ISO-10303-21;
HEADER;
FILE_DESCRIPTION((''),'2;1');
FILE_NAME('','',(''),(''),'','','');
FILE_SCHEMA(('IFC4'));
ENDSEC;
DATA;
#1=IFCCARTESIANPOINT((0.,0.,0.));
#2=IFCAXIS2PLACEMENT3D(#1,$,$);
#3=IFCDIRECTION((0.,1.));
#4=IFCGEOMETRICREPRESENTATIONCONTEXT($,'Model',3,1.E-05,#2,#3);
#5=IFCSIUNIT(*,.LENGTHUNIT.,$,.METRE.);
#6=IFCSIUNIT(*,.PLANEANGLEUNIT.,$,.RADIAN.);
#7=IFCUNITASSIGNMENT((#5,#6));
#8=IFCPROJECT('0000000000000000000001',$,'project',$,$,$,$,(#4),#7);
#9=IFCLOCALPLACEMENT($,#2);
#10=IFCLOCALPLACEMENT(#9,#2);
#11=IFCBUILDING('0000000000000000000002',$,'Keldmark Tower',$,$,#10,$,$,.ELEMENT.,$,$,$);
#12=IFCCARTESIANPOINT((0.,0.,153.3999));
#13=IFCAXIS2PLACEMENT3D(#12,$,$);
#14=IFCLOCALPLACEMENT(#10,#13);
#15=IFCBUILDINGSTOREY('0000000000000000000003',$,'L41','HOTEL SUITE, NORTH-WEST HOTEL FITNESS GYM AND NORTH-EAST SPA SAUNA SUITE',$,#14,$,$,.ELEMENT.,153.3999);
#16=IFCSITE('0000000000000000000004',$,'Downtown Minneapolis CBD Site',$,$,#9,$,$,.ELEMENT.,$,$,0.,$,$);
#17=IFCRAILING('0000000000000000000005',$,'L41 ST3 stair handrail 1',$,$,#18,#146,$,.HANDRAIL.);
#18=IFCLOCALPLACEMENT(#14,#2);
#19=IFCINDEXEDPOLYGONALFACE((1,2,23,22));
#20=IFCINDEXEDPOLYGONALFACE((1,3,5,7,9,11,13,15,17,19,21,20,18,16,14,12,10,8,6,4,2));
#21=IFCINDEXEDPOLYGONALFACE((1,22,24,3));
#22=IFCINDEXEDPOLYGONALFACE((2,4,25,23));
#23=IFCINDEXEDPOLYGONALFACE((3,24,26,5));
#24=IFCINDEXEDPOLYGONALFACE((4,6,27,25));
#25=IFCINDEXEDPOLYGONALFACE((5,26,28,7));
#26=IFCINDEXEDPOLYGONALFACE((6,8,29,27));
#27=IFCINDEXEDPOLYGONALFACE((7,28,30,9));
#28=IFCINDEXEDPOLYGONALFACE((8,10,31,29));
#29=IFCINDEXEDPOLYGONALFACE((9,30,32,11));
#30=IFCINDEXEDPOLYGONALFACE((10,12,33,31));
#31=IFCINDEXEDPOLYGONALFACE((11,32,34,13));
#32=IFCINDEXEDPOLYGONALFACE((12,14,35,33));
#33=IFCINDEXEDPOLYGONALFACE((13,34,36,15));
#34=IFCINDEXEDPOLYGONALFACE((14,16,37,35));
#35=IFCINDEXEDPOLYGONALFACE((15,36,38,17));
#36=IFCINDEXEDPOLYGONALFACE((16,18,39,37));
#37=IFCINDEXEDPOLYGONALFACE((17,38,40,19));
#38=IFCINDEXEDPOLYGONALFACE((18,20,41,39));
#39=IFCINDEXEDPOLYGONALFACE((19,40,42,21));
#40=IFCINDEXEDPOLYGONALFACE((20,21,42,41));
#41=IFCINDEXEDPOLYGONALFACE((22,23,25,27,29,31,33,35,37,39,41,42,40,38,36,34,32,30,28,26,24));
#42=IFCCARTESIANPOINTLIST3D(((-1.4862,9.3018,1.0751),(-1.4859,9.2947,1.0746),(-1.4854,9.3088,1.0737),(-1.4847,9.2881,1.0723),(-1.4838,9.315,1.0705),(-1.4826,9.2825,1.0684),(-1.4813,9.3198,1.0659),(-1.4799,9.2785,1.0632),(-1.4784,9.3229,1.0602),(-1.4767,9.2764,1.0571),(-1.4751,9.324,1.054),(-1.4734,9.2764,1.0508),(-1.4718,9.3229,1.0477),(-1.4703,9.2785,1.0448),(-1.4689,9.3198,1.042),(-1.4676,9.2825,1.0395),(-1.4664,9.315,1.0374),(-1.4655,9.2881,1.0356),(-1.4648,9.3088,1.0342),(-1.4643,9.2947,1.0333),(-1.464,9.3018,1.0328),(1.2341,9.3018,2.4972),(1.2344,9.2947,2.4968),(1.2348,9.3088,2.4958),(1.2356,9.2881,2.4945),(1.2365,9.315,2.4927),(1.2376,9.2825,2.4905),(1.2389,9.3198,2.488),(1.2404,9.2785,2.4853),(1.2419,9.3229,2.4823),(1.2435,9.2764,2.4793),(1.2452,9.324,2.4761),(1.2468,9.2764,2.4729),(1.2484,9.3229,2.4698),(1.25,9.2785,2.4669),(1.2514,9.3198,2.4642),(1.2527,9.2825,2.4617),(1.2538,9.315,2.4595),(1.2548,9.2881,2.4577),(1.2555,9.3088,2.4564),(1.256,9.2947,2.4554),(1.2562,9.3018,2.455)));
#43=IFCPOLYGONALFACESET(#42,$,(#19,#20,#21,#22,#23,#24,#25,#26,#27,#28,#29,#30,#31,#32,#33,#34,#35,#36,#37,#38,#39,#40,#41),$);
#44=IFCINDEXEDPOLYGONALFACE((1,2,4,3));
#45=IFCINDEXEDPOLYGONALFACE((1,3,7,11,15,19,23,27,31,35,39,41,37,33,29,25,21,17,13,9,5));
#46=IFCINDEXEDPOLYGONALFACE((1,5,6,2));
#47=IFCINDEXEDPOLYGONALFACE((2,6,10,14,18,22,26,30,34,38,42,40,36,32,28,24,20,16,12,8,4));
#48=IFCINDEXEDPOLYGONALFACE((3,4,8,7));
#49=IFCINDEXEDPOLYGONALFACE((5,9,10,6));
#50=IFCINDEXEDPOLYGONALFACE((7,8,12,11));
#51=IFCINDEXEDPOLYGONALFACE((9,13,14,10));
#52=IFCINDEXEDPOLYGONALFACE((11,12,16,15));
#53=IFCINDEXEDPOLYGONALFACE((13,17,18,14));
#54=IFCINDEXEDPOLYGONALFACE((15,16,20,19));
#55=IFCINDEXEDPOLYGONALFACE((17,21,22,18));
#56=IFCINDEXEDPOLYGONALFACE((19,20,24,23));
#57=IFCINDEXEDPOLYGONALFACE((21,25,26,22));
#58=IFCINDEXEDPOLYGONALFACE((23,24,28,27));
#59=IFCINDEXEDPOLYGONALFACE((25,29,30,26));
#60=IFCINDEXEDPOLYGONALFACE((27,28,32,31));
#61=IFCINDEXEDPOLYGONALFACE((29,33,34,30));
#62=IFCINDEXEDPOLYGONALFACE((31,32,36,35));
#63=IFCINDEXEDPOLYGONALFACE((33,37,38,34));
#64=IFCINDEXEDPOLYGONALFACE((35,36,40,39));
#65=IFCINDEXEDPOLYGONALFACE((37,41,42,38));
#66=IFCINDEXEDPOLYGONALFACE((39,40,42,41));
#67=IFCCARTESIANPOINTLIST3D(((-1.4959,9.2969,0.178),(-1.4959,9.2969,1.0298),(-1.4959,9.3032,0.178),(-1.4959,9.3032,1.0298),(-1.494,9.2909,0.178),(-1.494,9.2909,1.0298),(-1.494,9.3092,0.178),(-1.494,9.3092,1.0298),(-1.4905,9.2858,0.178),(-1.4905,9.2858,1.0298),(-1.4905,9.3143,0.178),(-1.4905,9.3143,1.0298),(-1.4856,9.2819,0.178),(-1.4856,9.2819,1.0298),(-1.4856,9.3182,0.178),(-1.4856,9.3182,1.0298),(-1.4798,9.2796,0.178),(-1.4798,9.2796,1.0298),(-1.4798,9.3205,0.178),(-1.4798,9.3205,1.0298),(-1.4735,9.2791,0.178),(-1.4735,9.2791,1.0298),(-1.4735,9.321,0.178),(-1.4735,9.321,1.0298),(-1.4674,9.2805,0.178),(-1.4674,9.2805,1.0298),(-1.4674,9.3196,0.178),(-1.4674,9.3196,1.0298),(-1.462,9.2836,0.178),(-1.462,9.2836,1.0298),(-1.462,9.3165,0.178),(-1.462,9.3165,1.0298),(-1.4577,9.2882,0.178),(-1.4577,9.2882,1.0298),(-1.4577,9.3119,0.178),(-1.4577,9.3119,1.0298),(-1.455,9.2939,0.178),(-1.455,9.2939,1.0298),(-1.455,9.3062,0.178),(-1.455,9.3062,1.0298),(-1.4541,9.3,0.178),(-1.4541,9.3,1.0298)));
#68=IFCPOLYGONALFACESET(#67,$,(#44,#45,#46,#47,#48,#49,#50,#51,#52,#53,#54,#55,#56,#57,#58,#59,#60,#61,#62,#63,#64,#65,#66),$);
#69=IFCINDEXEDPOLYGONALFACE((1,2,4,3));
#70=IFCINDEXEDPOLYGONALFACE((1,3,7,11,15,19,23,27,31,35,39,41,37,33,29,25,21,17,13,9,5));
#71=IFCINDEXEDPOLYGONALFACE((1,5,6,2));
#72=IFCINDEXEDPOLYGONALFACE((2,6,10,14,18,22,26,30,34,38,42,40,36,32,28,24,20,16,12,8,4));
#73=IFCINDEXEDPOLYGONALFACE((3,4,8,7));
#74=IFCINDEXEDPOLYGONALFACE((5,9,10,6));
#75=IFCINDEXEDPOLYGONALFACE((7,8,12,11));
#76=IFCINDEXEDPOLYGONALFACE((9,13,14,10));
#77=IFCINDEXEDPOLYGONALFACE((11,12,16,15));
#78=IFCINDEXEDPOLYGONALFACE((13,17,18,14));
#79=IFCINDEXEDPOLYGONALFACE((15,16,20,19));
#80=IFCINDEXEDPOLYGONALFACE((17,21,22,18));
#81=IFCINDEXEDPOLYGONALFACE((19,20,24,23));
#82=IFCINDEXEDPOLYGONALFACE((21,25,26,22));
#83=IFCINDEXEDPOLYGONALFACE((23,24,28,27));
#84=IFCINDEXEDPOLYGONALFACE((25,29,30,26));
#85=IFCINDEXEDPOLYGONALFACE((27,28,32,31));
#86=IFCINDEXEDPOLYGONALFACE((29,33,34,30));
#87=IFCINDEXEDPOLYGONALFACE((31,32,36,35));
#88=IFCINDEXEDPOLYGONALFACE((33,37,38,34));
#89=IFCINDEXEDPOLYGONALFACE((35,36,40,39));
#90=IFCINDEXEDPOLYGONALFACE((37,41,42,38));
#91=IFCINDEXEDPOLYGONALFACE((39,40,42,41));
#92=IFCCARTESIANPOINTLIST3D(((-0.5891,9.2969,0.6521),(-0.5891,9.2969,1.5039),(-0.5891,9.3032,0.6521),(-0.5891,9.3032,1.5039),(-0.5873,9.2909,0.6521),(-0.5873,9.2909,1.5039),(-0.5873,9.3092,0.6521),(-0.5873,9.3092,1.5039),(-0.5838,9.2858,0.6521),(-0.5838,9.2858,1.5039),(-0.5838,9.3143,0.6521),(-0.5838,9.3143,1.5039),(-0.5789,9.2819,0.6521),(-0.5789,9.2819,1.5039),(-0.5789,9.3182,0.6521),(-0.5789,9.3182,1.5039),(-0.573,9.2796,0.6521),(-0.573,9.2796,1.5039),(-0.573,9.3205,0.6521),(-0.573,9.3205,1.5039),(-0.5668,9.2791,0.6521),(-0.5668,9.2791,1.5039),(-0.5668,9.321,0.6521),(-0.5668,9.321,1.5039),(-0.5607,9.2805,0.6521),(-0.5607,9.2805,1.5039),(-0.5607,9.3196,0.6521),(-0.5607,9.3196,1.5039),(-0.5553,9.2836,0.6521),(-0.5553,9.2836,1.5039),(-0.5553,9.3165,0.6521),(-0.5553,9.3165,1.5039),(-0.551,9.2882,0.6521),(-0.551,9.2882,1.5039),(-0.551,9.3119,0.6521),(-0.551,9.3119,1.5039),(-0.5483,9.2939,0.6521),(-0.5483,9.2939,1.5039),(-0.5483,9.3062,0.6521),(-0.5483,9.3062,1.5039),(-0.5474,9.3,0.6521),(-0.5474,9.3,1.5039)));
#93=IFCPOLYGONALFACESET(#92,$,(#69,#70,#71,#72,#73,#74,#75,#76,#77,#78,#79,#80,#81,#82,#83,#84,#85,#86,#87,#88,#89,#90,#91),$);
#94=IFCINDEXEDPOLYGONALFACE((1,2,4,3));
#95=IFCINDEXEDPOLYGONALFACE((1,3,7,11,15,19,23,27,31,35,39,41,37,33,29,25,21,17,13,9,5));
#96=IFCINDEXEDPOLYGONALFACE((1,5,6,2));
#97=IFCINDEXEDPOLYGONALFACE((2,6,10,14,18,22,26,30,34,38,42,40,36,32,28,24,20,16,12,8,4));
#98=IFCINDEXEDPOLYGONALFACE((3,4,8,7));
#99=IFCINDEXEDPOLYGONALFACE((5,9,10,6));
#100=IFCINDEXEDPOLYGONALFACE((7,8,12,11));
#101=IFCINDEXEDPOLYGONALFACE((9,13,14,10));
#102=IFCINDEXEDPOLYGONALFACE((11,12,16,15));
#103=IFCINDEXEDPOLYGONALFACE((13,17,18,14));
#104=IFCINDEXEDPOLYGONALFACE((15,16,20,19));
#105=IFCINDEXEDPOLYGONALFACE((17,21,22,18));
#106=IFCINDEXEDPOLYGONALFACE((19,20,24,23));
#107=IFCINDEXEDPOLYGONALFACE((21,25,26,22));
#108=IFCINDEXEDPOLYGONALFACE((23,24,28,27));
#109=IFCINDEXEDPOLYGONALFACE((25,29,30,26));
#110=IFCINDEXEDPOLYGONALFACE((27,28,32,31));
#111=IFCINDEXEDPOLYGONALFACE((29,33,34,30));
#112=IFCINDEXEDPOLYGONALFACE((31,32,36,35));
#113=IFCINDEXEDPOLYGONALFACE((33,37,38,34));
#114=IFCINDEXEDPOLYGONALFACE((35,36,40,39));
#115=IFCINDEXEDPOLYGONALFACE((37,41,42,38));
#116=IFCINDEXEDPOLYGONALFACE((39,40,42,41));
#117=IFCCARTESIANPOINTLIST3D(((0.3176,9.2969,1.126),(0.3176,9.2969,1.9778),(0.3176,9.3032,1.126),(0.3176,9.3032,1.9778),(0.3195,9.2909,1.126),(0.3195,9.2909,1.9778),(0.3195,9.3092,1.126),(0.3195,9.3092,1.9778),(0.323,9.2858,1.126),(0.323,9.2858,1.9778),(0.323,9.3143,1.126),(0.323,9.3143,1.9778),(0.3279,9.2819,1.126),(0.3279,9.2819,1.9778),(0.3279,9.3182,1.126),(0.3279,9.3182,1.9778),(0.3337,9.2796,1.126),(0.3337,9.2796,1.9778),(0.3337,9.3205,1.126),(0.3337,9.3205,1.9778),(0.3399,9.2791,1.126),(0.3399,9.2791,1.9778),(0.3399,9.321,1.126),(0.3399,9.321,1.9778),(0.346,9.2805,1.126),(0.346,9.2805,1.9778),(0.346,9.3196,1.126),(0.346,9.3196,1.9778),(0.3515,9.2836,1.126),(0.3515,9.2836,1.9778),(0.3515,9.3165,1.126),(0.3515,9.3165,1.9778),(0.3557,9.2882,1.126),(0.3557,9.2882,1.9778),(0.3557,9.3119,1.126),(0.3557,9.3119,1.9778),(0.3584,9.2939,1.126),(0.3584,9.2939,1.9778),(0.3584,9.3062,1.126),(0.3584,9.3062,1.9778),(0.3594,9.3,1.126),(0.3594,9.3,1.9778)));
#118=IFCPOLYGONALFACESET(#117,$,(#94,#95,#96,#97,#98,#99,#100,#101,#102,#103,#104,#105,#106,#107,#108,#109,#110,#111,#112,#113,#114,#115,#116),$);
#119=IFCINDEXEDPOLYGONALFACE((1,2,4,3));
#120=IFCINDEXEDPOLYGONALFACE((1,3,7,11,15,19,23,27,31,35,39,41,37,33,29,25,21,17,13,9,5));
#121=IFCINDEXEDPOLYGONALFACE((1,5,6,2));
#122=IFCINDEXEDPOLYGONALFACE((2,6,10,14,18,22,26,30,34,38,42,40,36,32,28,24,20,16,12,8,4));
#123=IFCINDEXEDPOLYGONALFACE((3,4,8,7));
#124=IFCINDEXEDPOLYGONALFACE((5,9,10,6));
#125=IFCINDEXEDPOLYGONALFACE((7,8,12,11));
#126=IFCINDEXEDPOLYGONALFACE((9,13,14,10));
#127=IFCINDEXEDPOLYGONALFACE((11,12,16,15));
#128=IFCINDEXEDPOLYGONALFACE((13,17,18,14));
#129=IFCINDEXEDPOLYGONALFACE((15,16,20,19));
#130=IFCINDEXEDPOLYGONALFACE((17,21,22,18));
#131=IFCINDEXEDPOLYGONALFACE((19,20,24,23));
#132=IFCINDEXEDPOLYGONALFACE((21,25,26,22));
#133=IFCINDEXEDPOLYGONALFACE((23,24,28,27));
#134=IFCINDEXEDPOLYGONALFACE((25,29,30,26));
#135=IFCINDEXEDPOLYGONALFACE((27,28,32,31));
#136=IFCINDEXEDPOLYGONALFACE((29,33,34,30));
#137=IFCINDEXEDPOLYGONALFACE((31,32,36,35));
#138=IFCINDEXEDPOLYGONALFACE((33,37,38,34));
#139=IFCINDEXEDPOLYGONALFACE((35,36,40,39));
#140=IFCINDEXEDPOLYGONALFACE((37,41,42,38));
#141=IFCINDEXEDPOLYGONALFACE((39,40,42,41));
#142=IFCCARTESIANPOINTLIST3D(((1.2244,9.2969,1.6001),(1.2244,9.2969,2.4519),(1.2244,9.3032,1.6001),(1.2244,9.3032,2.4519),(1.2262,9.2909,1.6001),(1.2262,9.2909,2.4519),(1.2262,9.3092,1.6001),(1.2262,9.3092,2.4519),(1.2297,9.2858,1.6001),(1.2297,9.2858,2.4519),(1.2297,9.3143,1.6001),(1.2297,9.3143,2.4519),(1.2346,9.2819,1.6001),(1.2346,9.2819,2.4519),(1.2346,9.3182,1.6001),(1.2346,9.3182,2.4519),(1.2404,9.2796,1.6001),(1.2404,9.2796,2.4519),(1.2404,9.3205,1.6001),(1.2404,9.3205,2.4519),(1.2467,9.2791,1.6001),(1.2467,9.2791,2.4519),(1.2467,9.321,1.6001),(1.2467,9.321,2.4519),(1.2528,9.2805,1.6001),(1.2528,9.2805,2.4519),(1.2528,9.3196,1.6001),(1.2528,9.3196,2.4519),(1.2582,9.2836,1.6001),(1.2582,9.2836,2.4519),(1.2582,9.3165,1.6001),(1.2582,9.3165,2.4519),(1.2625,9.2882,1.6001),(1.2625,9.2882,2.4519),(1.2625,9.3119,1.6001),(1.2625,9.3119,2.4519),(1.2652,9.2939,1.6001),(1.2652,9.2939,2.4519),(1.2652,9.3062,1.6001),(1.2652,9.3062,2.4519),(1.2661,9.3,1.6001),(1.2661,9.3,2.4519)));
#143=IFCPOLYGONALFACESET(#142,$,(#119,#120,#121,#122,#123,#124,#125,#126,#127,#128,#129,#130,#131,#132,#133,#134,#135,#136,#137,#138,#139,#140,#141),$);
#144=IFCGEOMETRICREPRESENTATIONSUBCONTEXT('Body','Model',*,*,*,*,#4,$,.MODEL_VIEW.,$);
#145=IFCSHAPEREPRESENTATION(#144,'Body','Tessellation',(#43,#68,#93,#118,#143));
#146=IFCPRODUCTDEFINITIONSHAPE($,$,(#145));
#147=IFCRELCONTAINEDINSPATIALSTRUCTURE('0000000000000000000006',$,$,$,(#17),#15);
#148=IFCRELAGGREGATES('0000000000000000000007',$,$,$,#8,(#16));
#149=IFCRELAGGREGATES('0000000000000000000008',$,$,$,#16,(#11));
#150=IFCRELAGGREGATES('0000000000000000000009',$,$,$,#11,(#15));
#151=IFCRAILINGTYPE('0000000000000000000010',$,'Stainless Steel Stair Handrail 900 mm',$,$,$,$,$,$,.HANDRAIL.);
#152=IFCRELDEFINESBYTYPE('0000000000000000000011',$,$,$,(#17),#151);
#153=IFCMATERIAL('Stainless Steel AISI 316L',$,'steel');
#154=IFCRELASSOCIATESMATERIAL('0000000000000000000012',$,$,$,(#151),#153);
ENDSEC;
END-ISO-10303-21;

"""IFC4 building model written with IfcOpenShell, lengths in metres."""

from ifc_helpers import new_model, si_unit, direction, frame, origin, origin_2d, place, context, subcontext, project, spatial, circle, extrude, material, type_object, element, save


model = new_model("IFC4")

# Units and contexts
model_context = context("Model", 3, precision=1e-05, world=origin(), true_north=direction((0.0, 1.0)))
body_context = subcontext(model_context, "Body", "Model", "MODEL_VIEW")
ifc_project = project(units=[si_unit("LENGTHUNIT", "METRE"), si_unit("PLANEANGLEUNIT", "RADIAN")], contexts=[model_context])

# Site, building, storey
site_placement = place(None, origin())
site = spatial("IfcSite", under=ifc_project, at=site_placement, Name="Downtown Minneapolis CBD Site", CompositionType="ELEMENT", RefElevation=0.0)
building_placement = place(site_placement, origin())
building = spatial("IfcBuilding", under=site, at=building_placement, Name="Keldmark Tower", CompositionType="ELEMENT")
storey_placement = place(building_placement, frame((0.0, 0.0, 153.3999)))
storey = spatial("IfcBuildingStorey", under=building, at=storey_placement, Name="L41", Description="HOTEL SUITE, NORTH-WEST HOTEL FITNESS GYM AND NORTH-EAST SPA SAUNA SUITE", CompositionType="ELEMENT", Elevation=153.3999)

# Railing
ifc_material_1 = material(Name="Stainless Steel AISI 316L", Category="steel")
railing_type_1 = type_object("IfcRailingType", Name="Stainless Steel Stair Handrail 900 mm", PredefinedType="HANDRAIL", material=ifc_material_1)
railing_1_placement = place(storey_placement, frame((-1.4751, 9.3, 0.178)))
element("IfcRailing", 1, at=railing_1_placement, inside=storey, type_object=railing_type_1, Name="L41 ST3 stair handrail 1", PredefinedType="HANDRAIL", context=body_context, shape_type="SweptSolid", body=[
    extrude(circle(Radius=0.0239, at=origin_2d()), frame((0.0, 0.0, 0.876), z_axis=(0.8862, 0.0, 0.463302), x_axis=(0.0, 1.0, 0.0)), (0.0, 0.0, 1.0), 3.0696),
    extrude(circle(Radius=0.021, at=origin_2d()), origin(), (0.0, 0.0, 1.0), 0.8518),
    extrude(circle(Radius=0.021, at=origin_2d()), frame((0.9067, 0.0, 0.4741)), (0.0, 0.0, 1.0), 0.8518),
    extrude(circle(Radius=0.021, at=origin_2d()), frame((1.8135, 0.0, 0.948)), (0.0, 0.0, 1.0), 0.8518),
    extrude(circle(Radius=0.021, at=origin_2d()), frame((2.7202, 0.0, 1.4221)), (0.0, 0.0, 1.0), 0.8518),
])

save(model, "model.ifc")
